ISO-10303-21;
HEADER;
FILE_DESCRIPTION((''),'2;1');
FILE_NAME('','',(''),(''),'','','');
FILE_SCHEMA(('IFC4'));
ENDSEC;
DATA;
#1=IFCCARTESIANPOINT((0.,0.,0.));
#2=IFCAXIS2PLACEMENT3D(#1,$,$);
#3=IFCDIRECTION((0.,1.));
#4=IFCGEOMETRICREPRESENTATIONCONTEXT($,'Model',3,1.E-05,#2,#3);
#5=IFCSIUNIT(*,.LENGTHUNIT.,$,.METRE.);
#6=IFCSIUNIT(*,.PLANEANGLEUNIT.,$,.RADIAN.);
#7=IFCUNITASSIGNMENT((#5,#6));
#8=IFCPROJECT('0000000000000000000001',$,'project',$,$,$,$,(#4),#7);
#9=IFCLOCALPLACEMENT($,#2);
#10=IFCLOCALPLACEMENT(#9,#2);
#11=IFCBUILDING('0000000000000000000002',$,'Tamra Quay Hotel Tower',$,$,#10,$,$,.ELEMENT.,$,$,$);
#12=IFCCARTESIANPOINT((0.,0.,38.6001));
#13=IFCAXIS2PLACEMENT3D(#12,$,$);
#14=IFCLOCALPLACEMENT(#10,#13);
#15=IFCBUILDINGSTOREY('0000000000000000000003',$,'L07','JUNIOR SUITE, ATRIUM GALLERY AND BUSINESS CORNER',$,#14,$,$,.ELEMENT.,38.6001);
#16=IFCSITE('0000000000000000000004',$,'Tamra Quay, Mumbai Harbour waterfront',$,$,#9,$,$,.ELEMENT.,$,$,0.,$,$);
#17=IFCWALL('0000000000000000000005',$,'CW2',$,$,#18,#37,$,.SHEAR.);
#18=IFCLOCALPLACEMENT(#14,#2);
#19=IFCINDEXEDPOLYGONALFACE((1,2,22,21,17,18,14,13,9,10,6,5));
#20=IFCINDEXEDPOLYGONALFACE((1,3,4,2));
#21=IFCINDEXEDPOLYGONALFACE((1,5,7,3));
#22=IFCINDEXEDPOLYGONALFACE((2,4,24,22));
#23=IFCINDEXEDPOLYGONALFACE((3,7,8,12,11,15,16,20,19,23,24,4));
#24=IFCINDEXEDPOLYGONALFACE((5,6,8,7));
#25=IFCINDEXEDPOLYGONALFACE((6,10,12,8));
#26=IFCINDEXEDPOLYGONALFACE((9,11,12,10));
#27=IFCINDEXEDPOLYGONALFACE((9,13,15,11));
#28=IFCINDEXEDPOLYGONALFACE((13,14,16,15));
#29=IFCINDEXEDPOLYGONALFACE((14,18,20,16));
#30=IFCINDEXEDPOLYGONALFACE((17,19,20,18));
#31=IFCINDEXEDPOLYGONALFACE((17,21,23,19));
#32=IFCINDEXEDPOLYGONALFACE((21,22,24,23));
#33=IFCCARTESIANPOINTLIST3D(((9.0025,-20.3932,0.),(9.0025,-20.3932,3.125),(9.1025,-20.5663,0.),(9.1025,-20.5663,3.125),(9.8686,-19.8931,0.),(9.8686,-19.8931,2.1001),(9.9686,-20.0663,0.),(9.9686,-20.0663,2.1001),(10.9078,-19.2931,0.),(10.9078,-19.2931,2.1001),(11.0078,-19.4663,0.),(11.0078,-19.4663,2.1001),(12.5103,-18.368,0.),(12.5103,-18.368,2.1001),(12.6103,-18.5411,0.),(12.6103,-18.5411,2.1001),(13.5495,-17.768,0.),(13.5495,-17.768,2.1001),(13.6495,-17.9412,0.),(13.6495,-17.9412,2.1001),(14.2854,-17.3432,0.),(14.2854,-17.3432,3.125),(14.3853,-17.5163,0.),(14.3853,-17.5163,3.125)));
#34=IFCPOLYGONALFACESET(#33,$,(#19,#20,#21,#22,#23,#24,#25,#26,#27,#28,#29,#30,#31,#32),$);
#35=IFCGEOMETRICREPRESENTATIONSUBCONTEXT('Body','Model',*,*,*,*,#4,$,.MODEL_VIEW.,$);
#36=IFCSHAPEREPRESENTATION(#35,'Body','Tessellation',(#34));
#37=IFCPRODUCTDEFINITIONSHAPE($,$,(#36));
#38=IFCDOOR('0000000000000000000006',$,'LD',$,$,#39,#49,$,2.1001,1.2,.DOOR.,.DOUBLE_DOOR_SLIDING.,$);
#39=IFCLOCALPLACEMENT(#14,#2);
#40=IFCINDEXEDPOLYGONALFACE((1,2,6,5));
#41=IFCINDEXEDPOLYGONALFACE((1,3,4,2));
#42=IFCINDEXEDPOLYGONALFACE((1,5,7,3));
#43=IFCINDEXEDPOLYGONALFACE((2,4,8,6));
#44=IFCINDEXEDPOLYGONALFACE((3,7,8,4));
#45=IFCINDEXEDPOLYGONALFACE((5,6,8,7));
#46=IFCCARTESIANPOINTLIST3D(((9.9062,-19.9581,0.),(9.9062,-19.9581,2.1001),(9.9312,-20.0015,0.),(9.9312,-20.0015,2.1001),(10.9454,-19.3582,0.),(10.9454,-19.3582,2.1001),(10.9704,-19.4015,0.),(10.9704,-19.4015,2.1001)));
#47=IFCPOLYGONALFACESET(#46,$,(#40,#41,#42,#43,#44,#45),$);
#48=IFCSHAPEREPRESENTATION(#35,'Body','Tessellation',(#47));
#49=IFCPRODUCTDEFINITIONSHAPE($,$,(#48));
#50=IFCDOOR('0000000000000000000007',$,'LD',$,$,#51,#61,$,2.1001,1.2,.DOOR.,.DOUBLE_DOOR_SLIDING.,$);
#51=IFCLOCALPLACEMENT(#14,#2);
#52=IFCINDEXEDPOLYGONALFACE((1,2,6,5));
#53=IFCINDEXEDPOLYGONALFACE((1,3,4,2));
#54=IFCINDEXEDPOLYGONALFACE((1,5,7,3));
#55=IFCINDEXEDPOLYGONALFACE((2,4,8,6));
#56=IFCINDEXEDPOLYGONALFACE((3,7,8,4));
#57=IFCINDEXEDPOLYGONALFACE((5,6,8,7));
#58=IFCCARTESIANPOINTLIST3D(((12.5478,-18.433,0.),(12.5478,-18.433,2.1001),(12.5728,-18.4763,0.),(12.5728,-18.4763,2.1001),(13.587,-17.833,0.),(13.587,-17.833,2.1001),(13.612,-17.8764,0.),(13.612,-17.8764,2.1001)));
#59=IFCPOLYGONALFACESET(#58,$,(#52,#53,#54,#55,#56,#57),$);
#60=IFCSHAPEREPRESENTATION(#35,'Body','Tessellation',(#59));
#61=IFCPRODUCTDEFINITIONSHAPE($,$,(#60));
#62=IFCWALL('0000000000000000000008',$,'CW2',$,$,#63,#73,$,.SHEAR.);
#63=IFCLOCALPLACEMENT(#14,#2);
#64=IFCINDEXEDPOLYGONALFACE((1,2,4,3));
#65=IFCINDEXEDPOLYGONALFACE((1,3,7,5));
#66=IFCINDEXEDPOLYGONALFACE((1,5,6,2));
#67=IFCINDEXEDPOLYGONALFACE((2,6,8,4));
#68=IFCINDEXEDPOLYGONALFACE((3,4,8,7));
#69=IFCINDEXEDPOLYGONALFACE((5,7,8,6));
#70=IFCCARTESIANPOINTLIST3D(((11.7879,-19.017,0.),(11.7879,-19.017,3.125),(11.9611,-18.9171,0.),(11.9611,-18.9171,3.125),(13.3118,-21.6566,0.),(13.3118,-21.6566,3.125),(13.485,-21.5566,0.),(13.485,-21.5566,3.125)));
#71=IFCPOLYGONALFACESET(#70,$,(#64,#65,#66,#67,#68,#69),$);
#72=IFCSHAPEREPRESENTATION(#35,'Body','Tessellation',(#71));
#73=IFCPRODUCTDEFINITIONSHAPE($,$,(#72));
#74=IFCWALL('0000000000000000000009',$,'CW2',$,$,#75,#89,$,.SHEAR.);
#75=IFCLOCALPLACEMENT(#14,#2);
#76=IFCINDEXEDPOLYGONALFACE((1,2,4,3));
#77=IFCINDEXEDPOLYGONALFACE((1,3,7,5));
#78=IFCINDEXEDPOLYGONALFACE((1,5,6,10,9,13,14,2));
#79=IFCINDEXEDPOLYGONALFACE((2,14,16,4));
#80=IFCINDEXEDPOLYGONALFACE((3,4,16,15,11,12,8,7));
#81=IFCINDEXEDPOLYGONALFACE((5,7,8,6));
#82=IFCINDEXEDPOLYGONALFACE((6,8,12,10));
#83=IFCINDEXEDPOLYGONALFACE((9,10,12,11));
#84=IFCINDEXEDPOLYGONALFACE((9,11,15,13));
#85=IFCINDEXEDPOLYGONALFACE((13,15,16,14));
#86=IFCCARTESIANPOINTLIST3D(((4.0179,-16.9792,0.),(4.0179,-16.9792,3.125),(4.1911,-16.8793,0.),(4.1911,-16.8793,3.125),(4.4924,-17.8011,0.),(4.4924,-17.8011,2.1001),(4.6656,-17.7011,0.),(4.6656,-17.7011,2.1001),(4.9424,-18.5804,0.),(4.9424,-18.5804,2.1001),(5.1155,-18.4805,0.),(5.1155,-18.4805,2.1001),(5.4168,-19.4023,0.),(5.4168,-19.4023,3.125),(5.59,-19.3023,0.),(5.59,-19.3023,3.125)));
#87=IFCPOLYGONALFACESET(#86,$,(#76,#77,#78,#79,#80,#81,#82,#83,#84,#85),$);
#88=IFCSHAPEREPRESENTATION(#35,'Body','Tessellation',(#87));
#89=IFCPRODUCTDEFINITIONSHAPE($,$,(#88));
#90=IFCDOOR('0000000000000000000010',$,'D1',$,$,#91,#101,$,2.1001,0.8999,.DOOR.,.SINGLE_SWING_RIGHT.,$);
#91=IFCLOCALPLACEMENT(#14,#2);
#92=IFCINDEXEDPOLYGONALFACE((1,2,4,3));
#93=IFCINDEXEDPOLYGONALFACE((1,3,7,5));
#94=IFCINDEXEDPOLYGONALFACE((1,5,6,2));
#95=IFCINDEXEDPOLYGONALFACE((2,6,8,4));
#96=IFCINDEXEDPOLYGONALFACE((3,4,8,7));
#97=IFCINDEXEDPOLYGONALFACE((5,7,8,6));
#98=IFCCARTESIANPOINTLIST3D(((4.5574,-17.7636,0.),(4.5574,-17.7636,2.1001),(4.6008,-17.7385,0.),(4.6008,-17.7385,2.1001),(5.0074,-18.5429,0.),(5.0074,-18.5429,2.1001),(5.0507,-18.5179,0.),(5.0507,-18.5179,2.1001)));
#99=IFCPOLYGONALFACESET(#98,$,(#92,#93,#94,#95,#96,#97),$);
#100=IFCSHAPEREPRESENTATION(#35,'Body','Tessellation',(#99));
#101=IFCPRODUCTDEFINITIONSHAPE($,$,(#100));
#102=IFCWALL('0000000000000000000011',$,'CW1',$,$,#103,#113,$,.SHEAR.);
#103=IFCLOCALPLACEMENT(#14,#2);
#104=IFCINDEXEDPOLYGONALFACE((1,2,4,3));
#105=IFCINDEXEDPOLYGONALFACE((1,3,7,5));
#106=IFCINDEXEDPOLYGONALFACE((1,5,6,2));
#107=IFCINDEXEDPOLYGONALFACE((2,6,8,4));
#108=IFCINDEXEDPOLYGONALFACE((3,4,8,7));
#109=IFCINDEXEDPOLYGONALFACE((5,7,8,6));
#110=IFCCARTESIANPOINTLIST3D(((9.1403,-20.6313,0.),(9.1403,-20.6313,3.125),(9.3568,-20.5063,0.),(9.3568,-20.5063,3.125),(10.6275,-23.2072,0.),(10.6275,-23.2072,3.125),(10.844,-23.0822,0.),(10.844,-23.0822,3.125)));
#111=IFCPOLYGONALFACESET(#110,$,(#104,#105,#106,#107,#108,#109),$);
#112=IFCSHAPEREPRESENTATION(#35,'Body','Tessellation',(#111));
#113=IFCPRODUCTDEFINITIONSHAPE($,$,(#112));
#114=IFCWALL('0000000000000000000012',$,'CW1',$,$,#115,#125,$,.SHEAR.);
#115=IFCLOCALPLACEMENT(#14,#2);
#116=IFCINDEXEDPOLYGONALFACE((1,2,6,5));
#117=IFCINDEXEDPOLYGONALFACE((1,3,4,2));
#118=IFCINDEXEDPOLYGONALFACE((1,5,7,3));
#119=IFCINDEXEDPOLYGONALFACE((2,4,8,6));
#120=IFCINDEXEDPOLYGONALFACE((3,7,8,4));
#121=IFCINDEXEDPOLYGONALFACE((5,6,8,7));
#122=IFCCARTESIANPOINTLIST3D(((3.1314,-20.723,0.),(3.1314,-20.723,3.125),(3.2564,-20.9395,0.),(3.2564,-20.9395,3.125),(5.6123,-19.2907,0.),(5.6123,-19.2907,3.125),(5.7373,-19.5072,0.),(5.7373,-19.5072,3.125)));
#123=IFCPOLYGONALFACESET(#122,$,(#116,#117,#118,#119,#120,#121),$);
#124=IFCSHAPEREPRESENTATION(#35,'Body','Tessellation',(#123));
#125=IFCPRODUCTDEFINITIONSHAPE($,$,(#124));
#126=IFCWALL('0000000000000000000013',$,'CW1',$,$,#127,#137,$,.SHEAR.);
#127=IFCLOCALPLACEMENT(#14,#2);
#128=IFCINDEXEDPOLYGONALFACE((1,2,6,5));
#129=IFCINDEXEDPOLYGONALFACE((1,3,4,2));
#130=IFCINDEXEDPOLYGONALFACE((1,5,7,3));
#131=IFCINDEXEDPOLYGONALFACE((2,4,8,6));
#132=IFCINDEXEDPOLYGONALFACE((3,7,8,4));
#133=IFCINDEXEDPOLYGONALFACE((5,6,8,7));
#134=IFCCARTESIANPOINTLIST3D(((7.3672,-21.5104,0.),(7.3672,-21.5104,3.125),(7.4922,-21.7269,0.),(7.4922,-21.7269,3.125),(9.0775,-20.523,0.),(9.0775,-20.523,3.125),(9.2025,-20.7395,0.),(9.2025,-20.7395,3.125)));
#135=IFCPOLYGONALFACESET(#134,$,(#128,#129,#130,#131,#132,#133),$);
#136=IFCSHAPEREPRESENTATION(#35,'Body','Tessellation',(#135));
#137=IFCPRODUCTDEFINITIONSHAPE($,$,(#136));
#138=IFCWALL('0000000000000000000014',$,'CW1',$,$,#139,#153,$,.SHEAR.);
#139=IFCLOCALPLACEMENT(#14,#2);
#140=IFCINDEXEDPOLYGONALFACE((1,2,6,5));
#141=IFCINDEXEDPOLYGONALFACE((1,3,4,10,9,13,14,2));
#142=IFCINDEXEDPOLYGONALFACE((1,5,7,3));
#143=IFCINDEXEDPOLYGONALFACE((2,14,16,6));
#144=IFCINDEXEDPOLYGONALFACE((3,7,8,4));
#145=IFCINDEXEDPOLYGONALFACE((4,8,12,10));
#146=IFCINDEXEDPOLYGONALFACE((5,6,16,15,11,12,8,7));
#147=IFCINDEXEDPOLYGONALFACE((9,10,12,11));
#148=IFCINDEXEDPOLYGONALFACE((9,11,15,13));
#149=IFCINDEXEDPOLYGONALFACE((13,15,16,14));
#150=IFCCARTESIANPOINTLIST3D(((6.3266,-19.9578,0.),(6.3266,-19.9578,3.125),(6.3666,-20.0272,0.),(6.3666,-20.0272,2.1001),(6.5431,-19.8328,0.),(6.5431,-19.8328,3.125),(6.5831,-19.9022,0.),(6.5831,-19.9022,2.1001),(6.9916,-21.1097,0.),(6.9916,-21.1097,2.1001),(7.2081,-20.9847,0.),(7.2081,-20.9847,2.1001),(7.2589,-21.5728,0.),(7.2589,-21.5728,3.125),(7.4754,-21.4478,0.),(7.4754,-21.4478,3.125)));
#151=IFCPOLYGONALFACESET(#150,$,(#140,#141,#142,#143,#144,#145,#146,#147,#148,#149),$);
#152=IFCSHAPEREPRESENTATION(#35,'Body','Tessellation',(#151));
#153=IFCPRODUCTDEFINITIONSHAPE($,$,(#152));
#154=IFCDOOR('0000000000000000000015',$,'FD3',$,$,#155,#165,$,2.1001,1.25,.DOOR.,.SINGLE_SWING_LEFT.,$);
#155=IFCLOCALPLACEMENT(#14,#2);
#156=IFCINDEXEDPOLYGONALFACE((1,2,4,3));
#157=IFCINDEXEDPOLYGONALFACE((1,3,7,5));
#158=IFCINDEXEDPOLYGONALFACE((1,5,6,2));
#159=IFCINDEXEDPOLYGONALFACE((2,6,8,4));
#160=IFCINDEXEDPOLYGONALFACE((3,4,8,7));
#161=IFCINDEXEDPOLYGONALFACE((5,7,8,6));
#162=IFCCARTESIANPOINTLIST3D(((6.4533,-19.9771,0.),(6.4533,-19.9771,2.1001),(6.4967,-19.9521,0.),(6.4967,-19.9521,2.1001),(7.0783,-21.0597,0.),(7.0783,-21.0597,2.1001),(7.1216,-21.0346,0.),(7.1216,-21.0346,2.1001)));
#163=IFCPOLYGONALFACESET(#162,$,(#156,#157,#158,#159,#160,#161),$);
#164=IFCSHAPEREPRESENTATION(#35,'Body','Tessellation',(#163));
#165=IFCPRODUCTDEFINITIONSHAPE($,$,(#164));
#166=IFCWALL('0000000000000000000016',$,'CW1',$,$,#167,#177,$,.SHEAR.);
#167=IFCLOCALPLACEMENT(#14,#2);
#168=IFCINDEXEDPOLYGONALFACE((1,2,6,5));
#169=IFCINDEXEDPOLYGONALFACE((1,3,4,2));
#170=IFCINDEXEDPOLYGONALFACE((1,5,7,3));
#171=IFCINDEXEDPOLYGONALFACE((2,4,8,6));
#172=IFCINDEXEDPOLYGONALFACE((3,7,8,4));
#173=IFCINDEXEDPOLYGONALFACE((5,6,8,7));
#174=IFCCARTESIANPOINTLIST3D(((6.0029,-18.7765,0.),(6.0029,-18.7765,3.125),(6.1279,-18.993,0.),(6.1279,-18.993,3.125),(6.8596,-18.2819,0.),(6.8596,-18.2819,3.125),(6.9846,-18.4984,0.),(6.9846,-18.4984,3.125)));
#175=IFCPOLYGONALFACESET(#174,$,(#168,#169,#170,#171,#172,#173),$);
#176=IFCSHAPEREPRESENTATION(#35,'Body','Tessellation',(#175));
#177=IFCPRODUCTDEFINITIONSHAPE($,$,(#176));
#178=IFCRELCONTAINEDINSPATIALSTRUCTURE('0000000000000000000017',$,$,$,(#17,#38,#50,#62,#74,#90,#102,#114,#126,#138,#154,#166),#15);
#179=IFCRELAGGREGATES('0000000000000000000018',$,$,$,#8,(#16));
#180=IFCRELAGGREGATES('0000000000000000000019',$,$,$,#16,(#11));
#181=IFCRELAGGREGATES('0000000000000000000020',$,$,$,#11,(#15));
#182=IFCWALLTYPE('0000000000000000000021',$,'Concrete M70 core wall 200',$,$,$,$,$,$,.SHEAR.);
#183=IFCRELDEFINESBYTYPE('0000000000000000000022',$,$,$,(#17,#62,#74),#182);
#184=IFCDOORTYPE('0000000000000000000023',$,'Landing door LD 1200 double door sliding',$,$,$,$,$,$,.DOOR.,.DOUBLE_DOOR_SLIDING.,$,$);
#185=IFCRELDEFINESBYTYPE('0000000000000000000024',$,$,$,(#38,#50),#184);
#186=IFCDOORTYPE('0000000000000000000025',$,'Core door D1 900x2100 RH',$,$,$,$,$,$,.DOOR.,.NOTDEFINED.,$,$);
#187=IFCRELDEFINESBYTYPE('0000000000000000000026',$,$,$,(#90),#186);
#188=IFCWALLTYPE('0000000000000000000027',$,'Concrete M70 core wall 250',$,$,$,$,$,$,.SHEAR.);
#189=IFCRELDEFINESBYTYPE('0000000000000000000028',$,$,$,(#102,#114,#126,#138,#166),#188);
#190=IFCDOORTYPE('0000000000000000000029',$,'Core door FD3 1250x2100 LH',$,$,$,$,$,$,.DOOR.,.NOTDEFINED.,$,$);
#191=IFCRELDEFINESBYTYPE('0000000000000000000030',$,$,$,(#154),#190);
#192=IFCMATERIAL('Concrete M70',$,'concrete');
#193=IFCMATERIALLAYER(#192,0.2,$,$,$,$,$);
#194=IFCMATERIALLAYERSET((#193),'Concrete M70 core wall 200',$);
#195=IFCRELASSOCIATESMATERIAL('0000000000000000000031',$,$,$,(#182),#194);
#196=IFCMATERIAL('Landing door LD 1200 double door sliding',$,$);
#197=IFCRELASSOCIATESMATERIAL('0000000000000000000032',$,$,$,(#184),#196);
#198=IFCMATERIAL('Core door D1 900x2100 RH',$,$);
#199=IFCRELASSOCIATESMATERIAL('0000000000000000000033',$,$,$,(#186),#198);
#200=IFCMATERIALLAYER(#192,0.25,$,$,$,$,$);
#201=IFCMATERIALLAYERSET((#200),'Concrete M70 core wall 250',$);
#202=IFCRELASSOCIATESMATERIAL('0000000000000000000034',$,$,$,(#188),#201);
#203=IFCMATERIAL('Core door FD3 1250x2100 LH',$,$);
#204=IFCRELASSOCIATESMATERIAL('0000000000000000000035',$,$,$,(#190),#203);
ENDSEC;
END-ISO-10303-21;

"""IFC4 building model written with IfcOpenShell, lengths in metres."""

from ifc_helpers import new_model, si_unit, direction, frame, frame_2d, origin, place, context, subcontext, project, spatial, rectangle, extrude, material, layer, layer_set, type_object, element, fill, save


model = new_model("IFC4")

# Units and contexts
model_context = context("Model", 3, precision=1e-05, world=origin(), true_north=direction((0.0, 1.0)))
body_context = subcontext(model_context, "Body", "Model", "MODEL_VIEW")
ifc_project = project(units=[si_unit("LENGTHUNIT", "METRE"), si_unit("PLANEANGLEUNIT", "RADIAN")], contexts=[model_context])

# Site, building, storey
site_placement = place(None, origin())
site = spatial("IfcSite", under=ifc_project, at=site_placement, Name="Tamra Quay, Mumbai Harbour waterfront", CompositionType="ELEMENT", RefElevation=0.0)
building_placement = place(site_placement, origin())
building = spatial("IfcBuilding", under=site, at=building_placement, Name="Tamra Quay Hotel Tower", CompositionType="ELEMENT")
storey_placement = place(building_placement, frame((0.0, 0.0, 38.6001)))
storey = spatial("IfcBuildingStorey", under=building, at=storey_placement, Name="L07", Description="JUNIOR SUITE, ATRIUM GALLERY AND BUSINESS CORNER", CompositionType="ELEMENT", Elevation=38.6001)

# Shared definitions
ifc_material_1 = material(Name="Concrete M70", Category="concrete")

# Wall, openings, doors
ifc_layer_1 = layer(ifc_material_1, 0.2)
ifc_layer_set_1 = layer_set([ifc_layer_1], Name="Concrete M70 core wall 200")
wall_type_1 = type_object("IfcWallType", Name="Concrete M70 core wall 200", PredefinedType="SHEAR", material=ifc_layer_set_1)
wall_1_placement = place(storey_placement, frame((9.0525, -20.4797, 0.0), z_axis=(0.0, 0.0, 1.0), x_axis=(0.86603, 0.499992, 0.0)))
wall_1 = element("IfcWall", 1, at=wall_1_placement, inside=storey, type_object=wall_type_1, Name="CW2", PredefinedType="SHEAR", context=body_context, shape_type="SweptSolid", body=[
    extrude(rectangle(XDim=6.1001, YDim=0.2, at=frame_2d((3.05, 0.0))), origin(), (0.0, 0.0, 1.0), 3.125),
])
opening_1_placement = place(wall_1_placement, frame((1.0, 0.0, 0.0)))
opening_1 = element("IfcOpeningElement", 2, at=opening_1_placement, cuts=wall_1, PredefinedType="OPENING", context=body_context, shape_type="SweptSolid", body=[
    extrude(rectangle(XDim=1.2, YDim=2.1001, at=frame_2d((0.6001, 1.05))), frame((0.0, 0.1099, 0.0), z_axis=(0.0, -1.0, 0.0), x_axis=(1.0, 0.0, 0.0)), (0.0, 0.0, 1.0), 0.22),
])
opening_2_placement = place(wall_1_placement, frame((4.0503, 0.0, 0.0)))
opening_2 = element("IfcOpeningElement", 3, at=opening_2_placement, cuts=wall_1, PredefinedType="OPENING", context=body_context, shape_type="SweptSolid", body=[
    extrude(rectangle(XDim=1.2, YDim=2.1001, at=frame_2d((0.6001, 1.05))), frame((0.0, 0.1099, 0.0), z_axis=(0.0, -1.0, 0.0), x_axis=(1.0, 0.0, 0.0)), (0.0, 0.0, 1.0), 0.22),
])
ifc_material_2 = material(Name="Landing door LD 1200 double door sliding")
door_type_1 = type_object("IfcDoorType", Name="Landing door LD 1200 double door sliding", OperationType="DOUBLE_DOOR_SLIDING", PredefinedType="DOOR", material=ifc_material_2)
door_1_placement = place(opening_1_placement, origin())
door_1 = element("IfcDoor", 4, at=door_1_placement, inside=storey, type_object=door_type_1, Name="LD", OperationType="DOUBLE_DOOR_SLIDING", OverallHeight=2.1001, OverallWidth=1.2, PredefinedType="DOOR", context=body_context, shape_type="SweptSolid", body=[
    extrude(rectangle(XDim=1.2, YDim=2.1001, at=frame_2d((0.6001, 1.05))), frame((0.0, 0.0249, 0.0), z_axis=(0.0, -1.0, 0.0), x_axis=(1.0, 0.0, 0.0)), (0.0, 0.0, 1.0), 0.05),
])
fill(opening_1, door_1)
door_2_placement = place(opening_2_placement, origin())
door_2 = element("IfcDoor", 5, at=door_2_placement, inside=storey, type_object=door_type_1, Name="LD", OperationType="DOUBLE_DOOR_SLIDING", OverallHeight=2.1001, OverallWidth=1.2, PredefinedType="DOOR", context=body_context, shape_type="SweptSolid", body=[
    extrude(rectangle(XDim=1.2, YDim=2.1001, at=frame_2d((0.6001, 1.05))), frame((0.0, 0.0249, 0.0), z_axis=(0.0, -1.0, 0.0), x_axis=(1.0, 0.0, 0.0)), (0.0, 0.0, 1.0), 0.05),
])
fill(opening_2, door_2)

# Wall
wall_2_placement = place(storey_placement, frame((11.8745, -18.967, 0.0), z_axis=(0.0, 0.0, 1.0), x_axis=(0.499981, -0.866036, 0.0)))
element("IfcWall", 6, at=wall_2_placement, inside=storey, type_object=wall_type_1, Name="CW2", PredefinedType="SHEAR", context=body_context, shape_type="SweptSolid", body=[
    extrude(rectangle(XDim=3.0479, YDim=0.2, at=frame_2d((1.5239, 0.0))), origin(), (0.0, 0.0, 1.0), 3.125),
])

# Wall, opening, door
wall_3_placement = place(storey_placement, frame((5.5034, -19.3523, 0.0), z_axis=(0.0, 0.0, 1.0), x_axis=(-0.499987, 0.866033, 0.0)))
wall_3 = element("IfcWall", 7, at=wall_3_placement, inside=storey, type_object=wall_type_1, Name="CW2", PredefinedType="SHEAR", context=body_context, shape_type="SweptSolid", body=[
    extrude(rectangle(XDim=2.7979, YDim=0.2, at=frame_2d((1.3989, 0.0))), origin(), (0.0, 0.0, 1.0), 3.125),
])
opening_3_placement = place(wall_3_placement, frame((0.949, 0.0, 0.0)))
opening_3 = element("IfcOpeningElement", 8, at=opening_3_placement, cuts=wall_3, PredefinedType="OPENING", context=body_context, shape_type="SweptSolid", body=[
    extrude(rectangle(XDim=0.8999, YDim=2.1001, at=frame_2d((0.45, 1.05))), frame((0.0, 0.1099, 0.0), z_axis=(0.0, -1.0, 0.0), x_axis=(1.0, 0.0, 0.0)), (0.0, 0.0, 1.0), 0.22),
])
ifc_material_3 = material(Name="Core door D1 900x2100 RH")
door_type_2 = type_object("IfcDoorType", Name="Core door D1 900x2100 RH", OperationType="NOTDEFINED", PredefinedType="DOOR", material=ifc_material_3)
door_3_placement = place(opening_3_placement, origin())
door_3 = element("IfcDoor", 9, at=door_3_placement, inside=storey, type_object=door_type_2, Name="D1", OperationType="SINGLE_SWING_RIGHT", OverallHeight=2.1001, OverallWidth=0.8999, PredefinedType="DOOR", context=body_context, shape_type="SweptSolid", body=[
    extrude(rectangle(XDim=0.8999, YDim=2.1001, at=frame_2d((0.45, 1.05))), frame((0.0, 0.0249, 0.0), z_axis=(0.0, -1.0, 0.0), x_axis=(1.0, 0.0, 0.0)), (0.0, 0.0, 1.0), 0.05),
])
fill(opening_3, door_3)

# Walls
ifc_layer_2 = layer(ifc_material_1, 0.25)
ifc_layer_set_2 = layer_set([ifc_layer_2], Name="Concrete M70 core wall 250")
wall_type_2 = type_object("IfcWallType", Name="Concrete M70 core wall 250", PredefinedType="SHEAR", material=ifc_layer_set_2)
wall_4_placement = place(storey_placement, frame((10.7358, -23.1448, 0.0), z_axis=(0.0, 0.0, 1.0), x_axis=(-0.500023, 0.866012, 0.0)))
element("IfcWall", 10, at=wall_4_placement, inside=storey, type_object=wall_type_2, Name="CW1", PredefinedType="SHEAR", context=body_context, shape_type="SweptSolid", body=[
    extrude(rectangle(XDim=2.9744, YDim=0.25, at=frame_2d((1.4873, 0.0))), origin(), (0.0, 0.0, 1.0), 3.125),
])
wall_5_placement = place(storey_placement, frame((5.6748, -19.3989, 0.0), z_axis=(0.0, 0.0, 1.0), x_axis=(-0.866027, -0.499998, 0.0)))
element("IfcWall", 11, at=wall_5_placement, inside=storey, type_object=wall_type_2, Name="CW1", PredefinedType="SHEAR", context=body_context, shape_type="SweptSolid", body=[
    extrude(rectangle(XDim=2.8647, YDim=0.25, at=frame_2d((1.4324, 0.0))), origin(), (0.0, 0.0, 1.0), 3.125),
])
wall_6_placement = place(storey_placement, frame((9.1399, -20.6313, 0.0), z_axis=(0.0, 0.0, 1.0), x_axis=(-0.866044, -0.499969, 0.0)))
element("IfcWall", 12, at=wall_6_placement, inside=storey, type_object=wall_type_2, Name="CW1", PredefinedType="SHEAR", context=body_context, shape_type="SweptSolid", body=[
    extrude(rectangle(XDim=1.9749, YDim=0.25, at=frame_2d((0.9873, 0.0))), origin(), (0.0, 0.0, 1.0), 3.125),
])

# Wall, opening, door
wall_7_placement = place(storey_placement, frame((7.3672, -21.5103, 0.0), z_axis=(0.0, 0.0, 1.0), x_axis=(-0.499983, 0.866035, 0.0)))
wall_7 = element("IfcWall", 13, at=wall_7_placement, inside=storey, type_object=wall_type_2, Name="CW1", PredefinedType="SHEAR", context=body_context, shape_type="SweptSolid", body=[
    extrude(rectangle(XDim=1.8647, YDim=0.25, at=frame_2d((0.9324, 0.0))), origin(), (0.0, 0.0, 1.0), 3.125),
])
opening_4_placement = place(wall_7_placement, frame((0.5347, 0.0, 0.0)))
opening_4 = element("IfcOpeningElement", 14, at=opening_4_placement, cuts=wall_7, PredefinedType="OPENING", context=body_context, shape_type="SweptSolid", body=[
    extrude(rectangle(XDim=1.25, YDim=2.1001, at=frame_2d((0.625, 1.05))), frame((0.0, 0.135, 0.0), z_axis=(0.0, -1.0, 0.0), x_axis=(1.0, 0.0, 0.0)), (0.0, 0.0, 1.0), 0.27),
])
ifc_material_4 = material(Name="Core door FD3 1250x2100 LH")
door_type_3 = type_object("IfcDoorType", Name="Core door FD3 1250x2100 LH", OperationType="NOTDEFINED", PredefinedType="DOOR", material=ifc_material_4)
door_4_placement = place(opening_4_placement, origin())
door_4 = element("IfcDoor", 15, at=door_4_placement, inside=storey, type_object=door_type_3, Name="FD3", OperationType="SINGLE_SWING_LEFT", OverallHeight=2.1001, OverallWidth=1.25, PredefinedType="DOOR", context=body_context, shape_type="SweptSolid", body=[
    extrude(rectangle(XDim=1.25, YDim=2.1001, at=frame_2d((0.625, 1.05))), frame((0.0, 0.0249, 0.0), z_axis=(0.0, -1.0, 0.0), x_axis=(1.0, 0.0, 0.0)), (0.0, 0.0, 1.0), 0.05),
])
fill(opening_4, door_4)

# Wall
wall_8_placement = place(storey_placement, frame((6.0654, -18.8848, 0.0), z_axis=(0.0, 0.0, 1.0), x_axis=(0.866017, 0.500014, 0.0)))
element("IfcWall", 16, at=wall_8_placement, inside=storey, type_object=wall_type_2, Name="CW1", PredefinedType="SHEAR", context=body_context, shape_type="SweptSolid", body=[
    extrude(rectangle(XDim=0.9893, YDim=0.25, at=frame_2d((0.4946, 0.0))), origin(), (0.0, 0.0, 1.0), 3.125),
])

save(model, "model.ifc")
